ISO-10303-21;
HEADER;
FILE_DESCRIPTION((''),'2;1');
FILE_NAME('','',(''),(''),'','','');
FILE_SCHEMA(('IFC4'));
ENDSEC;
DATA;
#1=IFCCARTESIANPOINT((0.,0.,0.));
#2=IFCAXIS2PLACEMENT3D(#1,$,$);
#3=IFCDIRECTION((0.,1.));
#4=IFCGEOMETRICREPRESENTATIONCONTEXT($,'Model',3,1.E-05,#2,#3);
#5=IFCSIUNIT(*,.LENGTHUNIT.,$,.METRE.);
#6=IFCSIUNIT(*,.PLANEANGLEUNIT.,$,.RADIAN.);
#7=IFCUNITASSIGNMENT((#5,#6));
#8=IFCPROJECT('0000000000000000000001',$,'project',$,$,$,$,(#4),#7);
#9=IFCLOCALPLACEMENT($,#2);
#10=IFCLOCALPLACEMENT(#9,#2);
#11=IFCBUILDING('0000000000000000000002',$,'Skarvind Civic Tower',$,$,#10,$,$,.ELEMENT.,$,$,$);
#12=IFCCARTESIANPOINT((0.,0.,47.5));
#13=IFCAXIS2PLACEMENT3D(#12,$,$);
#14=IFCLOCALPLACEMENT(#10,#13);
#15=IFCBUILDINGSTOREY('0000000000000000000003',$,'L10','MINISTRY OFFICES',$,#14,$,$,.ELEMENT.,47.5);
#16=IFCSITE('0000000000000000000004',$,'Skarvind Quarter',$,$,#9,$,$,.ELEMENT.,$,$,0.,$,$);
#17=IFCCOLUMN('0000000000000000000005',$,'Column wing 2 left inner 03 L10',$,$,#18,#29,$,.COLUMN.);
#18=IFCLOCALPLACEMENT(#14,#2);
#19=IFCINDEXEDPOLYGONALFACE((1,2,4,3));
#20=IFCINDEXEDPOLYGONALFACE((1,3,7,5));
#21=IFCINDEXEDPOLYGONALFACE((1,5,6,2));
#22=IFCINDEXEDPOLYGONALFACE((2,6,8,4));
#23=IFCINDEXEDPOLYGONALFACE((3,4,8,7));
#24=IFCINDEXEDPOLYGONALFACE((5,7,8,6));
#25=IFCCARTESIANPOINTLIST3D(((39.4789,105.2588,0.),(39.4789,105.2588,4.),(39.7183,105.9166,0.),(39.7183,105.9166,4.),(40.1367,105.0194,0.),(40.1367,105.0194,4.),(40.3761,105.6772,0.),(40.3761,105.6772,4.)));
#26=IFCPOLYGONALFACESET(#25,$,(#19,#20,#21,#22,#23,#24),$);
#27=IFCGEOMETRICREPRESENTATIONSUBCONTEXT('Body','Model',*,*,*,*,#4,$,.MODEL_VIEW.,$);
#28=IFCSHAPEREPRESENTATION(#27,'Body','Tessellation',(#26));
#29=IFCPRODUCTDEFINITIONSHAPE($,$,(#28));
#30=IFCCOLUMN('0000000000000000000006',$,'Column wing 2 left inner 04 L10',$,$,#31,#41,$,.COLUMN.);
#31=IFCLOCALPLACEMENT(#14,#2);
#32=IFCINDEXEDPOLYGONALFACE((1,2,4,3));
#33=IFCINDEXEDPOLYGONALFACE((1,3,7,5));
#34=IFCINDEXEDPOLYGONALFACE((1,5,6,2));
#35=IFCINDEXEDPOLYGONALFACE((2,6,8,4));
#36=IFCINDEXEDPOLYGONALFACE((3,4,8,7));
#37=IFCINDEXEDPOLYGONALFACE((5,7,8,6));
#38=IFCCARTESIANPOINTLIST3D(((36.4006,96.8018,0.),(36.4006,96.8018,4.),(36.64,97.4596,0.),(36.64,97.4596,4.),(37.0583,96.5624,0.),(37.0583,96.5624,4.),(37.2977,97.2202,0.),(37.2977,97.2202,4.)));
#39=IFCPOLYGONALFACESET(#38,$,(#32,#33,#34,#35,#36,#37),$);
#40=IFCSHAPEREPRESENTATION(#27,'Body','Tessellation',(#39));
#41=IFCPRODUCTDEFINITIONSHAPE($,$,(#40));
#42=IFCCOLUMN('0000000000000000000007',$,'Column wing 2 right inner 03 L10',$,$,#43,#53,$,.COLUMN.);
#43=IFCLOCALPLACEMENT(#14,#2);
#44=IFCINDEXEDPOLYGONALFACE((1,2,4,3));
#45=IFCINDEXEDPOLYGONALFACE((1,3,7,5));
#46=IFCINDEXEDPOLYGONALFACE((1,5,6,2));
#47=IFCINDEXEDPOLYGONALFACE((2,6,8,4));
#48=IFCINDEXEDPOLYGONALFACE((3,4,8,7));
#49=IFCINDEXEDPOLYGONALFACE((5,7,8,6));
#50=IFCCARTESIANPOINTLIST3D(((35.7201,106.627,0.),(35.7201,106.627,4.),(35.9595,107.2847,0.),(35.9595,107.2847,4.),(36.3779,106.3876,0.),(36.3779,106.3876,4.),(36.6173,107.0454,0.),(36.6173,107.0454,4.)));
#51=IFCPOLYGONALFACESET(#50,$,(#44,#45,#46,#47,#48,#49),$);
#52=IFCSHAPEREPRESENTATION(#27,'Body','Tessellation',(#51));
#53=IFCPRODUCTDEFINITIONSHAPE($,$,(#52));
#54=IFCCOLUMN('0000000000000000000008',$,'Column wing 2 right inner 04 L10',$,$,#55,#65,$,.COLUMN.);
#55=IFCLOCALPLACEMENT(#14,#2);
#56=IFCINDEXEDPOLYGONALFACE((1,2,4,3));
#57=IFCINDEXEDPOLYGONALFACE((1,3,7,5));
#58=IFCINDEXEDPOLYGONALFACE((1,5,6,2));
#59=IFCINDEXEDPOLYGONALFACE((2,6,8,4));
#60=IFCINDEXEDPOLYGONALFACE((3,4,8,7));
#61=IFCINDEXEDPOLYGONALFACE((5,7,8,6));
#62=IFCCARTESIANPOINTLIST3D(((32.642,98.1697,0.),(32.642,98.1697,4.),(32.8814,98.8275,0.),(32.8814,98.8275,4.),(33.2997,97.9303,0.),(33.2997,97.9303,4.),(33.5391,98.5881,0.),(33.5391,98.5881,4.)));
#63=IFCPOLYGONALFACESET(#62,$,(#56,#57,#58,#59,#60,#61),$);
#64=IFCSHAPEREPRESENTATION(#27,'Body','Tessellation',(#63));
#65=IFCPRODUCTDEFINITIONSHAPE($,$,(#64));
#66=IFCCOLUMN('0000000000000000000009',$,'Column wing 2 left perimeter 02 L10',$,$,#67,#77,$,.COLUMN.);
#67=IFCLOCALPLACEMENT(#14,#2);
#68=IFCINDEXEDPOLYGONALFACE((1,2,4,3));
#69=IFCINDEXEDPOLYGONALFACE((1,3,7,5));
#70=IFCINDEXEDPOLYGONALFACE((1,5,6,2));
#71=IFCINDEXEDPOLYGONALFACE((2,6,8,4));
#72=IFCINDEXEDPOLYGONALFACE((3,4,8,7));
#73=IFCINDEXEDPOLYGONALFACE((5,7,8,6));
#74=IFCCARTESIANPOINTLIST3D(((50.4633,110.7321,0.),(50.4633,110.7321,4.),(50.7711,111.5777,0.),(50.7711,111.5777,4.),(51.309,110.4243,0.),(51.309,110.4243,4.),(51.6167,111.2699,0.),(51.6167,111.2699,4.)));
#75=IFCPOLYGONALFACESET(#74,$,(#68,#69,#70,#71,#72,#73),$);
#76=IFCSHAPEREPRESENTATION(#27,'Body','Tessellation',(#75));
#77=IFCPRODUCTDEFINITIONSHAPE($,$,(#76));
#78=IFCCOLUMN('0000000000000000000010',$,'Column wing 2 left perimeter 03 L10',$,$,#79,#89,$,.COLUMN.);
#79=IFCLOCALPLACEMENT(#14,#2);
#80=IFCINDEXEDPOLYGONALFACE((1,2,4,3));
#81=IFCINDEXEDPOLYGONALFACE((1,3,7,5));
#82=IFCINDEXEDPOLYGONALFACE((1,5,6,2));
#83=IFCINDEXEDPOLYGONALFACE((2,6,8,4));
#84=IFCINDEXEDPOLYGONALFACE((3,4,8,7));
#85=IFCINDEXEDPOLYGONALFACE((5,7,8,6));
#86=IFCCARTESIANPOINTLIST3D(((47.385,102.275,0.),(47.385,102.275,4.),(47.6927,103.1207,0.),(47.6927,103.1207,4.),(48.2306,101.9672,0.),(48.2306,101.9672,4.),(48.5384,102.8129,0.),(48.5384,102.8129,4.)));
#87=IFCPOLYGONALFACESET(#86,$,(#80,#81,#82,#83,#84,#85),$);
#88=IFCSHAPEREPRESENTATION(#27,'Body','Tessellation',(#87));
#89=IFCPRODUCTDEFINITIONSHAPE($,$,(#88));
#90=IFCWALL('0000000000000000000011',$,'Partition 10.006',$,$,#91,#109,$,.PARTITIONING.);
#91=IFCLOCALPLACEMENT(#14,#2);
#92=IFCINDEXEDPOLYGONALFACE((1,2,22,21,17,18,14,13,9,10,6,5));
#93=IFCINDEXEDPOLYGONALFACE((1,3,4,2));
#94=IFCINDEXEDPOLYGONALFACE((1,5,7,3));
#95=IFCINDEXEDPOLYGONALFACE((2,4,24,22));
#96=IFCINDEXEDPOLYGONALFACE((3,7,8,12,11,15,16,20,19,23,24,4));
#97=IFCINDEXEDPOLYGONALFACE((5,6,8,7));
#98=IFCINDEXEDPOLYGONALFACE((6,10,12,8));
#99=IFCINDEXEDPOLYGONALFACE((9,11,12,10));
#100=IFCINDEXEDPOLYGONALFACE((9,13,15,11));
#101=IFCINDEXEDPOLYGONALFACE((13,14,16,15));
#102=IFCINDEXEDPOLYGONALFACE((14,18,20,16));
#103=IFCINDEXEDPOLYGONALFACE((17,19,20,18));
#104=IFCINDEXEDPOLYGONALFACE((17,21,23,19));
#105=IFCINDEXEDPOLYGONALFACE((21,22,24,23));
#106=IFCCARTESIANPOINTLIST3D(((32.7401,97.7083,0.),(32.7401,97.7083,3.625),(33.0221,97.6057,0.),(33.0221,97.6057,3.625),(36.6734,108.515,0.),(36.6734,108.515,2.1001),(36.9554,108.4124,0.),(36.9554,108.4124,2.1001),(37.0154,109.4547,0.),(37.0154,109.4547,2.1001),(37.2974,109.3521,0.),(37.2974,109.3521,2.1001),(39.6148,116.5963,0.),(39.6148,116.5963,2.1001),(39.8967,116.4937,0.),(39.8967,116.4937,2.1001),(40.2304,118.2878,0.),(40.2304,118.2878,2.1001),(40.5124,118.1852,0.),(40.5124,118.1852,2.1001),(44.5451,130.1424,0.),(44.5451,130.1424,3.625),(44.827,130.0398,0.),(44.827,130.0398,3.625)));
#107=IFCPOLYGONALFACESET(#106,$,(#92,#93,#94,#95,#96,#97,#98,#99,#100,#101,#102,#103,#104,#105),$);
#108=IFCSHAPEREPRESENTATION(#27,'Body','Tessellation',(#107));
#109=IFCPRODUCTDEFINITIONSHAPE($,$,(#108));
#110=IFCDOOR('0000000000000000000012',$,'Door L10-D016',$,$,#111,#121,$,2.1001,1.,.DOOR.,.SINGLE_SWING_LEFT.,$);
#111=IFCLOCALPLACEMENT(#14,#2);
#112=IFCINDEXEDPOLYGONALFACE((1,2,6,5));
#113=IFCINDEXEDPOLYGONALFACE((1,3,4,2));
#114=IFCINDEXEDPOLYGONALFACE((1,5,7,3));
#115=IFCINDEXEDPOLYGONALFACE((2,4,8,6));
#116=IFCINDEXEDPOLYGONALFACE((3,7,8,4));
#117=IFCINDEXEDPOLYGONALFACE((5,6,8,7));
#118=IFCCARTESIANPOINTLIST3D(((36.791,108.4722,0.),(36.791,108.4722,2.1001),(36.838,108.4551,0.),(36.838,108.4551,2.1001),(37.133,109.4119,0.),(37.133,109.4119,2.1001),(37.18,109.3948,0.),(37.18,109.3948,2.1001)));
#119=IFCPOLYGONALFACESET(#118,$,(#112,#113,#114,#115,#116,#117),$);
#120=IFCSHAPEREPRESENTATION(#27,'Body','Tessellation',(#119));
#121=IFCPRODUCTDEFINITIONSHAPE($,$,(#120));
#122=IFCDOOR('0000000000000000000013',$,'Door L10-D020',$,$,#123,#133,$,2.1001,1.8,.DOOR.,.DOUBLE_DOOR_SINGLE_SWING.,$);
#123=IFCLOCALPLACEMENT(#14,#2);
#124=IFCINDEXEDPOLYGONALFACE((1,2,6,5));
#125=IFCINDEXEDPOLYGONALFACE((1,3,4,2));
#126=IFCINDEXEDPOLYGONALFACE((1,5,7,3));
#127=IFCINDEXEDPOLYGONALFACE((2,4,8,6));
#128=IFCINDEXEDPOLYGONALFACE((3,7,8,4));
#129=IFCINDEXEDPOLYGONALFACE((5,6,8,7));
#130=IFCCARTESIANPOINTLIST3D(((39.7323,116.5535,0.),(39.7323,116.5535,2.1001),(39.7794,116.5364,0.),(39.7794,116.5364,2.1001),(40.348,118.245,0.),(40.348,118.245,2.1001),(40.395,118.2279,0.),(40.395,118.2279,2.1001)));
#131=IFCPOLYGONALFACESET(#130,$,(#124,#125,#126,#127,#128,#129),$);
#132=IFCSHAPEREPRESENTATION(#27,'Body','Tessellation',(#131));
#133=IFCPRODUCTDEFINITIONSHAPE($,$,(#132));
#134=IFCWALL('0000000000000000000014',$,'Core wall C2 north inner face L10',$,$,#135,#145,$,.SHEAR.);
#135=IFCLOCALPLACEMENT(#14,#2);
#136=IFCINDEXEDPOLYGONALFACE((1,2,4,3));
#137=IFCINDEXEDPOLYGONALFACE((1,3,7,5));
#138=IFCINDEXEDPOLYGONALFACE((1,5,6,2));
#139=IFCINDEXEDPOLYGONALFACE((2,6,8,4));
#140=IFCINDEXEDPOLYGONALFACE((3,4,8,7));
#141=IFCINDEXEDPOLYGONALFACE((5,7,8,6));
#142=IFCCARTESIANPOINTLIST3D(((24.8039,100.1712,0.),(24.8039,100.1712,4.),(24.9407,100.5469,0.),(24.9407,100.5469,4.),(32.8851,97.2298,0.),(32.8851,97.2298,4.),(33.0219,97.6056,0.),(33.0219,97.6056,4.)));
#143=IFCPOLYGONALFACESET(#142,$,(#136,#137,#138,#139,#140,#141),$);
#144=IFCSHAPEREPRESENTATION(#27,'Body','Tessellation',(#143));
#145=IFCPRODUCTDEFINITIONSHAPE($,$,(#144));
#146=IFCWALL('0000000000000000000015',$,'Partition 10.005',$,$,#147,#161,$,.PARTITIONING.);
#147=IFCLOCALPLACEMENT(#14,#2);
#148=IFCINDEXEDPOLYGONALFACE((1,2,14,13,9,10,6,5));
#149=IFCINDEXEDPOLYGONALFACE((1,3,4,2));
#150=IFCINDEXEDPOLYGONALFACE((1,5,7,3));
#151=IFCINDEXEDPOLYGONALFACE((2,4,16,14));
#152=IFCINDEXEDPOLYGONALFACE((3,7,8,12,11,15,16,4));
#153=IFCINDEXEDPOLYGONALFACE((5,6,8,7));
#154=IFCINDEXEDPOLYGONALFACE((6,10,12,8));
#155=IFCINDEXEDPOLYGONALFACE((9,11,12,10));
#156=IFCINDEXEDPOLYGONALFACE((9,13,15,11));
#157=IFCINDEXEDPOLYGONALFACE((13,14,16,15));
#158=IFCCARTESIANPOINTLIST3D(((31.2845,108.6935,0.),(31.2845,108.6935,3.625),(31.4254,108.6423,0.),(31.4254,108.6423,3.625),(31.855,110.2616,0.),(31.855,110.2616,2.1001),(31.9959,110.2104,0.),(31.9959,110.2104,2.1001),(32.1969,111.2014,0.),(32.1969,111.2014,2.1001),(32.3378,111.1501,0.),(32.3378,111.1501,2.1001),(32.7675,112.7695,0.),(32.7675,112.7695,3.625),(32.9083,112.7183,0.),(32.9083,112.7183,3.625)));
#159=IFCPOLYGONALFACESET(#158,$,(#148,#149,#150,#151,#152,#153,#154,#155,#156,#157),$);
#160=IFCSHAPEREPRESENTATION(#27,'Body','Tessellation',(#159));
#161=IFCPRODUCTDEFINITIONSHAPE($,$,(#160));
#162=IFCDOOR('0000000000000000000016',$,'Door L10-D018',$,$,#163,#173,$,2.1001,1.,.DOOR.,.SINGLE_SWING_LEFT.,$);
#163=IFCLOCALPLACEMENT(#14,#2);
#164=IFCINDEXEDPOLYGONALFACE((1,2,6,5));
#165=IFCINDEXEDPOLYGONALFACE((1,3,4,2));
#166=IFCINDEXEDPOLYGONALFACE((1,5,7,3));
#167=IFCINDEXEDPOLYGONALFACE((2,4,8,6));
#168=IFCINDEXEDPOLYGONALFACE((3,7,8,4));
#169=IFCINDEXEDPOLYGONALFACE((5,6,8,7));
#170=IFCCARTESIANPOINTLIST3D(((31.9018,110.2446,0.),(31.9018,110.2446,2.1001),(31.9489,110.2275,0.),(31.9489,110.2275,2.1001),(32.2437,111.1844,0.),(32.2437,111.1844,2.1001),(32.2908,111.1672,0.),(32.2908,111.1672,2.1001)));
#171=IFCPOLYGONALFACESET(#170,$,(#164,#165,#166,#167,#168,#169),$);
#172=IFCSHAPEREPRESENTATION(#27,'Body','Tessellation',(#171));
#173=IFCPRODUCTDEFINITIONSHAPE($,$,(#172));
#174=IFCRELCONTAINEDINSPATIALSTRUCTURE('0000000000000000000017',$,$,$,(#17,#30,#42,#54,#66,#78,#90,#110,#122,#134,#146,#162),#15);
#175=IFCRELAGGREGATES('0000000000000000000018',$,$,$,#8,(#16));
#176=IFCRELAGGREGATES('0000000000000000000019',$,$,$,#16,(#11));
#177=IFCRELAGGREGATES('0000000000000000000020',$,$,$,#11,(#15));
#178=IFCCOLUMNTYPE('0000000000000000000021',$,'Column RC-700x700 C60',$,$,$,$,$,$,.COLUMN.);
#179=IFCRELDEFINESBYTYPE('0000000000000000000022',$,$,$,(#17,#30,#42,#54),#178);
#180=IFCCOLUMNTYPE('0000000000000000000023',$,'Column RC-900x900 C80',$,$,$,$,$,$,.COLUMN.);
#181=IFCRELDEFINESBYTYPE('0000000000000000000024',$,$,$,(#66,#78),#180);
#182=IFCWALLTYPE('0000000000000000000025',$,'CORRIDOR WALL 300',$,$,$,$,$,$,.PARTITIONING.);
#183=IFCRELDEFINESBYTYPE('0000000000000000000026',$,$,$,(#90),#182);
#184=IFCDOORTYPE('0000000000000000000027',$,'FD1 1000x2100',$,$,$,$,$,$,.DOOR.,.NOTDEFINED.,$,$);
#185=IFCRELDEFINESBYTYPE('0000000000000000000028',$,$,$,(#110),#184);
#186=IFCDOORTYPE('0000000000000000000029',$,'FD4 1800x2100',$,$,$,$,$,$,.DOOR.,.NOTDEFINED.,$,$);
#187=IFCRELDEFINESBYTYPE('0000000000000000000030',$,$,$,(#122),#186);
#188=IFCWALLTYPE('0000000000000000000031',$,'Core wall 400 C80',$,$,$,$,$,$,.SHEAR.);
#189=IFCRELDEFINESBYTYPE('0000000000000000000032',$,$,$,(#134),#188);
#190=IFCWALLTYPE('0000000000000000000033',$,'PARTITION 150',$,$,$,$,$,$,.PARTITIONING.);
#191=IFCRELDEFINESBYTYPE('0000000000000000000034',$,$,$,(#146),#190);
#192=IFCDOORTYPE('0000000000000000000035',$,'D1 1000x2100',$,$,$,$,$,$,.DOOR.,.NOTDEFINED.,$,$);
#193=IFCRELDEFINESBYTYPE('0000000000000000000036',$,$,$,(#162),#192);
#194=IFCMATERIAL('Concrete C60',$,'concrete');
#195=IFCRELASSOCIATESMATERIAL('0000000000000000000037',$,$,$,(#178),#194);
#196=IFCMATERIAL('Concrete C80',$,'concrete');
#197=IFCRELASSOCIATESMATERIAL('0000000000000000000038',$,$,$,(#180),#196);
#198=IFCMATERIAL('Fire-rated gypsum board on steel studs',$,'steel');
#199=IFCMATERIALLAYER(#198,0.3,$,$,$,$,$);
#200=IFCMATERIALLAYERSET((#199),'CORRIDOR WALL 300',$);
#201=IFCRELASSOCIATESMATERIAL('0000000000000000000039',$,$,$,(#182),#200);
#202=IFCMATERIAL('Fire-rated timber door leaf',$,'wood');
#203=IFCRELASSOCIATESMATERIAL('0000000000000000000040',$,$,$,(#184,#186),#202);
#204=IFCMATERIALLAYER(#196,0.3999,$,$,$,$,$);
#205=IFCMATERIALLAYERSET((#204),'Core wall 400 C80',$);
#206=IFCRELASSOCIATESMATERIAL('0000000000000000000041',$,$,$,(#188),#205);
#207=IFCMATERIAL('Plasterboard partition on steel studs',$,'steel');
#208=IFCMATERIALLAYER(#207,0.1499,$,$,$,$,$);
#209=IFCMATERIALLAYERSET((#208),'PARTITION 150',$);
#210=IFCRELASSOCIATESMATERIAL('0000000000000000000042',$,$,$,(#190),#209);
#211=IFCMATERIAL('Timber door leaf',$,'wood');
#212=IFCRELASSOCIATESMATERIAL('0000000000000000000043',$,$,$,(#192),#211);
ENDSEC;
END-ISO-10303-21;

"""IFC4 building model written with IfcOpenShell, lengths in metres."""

from ifc_helpers import new_model, si_unit, direction, frame, frame_2d, origin, origin_2d, place, context, subcontext, project, spatial, rectangle, extrude, material, layer, layer_set, material_profile, profile_set, type_object, element, fill, save


model = new_model("IFC4")

# Units and contexts
model_context = context("Model", 3, precision=1e-05, world=origin(), true_north=direction((0.0, 1.0)))
body_context = subcontext(model_context, "Body", "Model", "MODEL_VIEW")
ifc_project = project(units=[si_unit("LENGTHUNIT", "METRE"), si_unit("PLANEANGLEUNIT", "RADIAN")], contexts=[model_context])

# Site, building, storey
site_placement = place(None, origin())
site = spatial("IfcSite", under=ifc_project, at=site_placement, Name="Skarvind Quarter", CompositionType="ELEMENT", RefElevation=0.0)
building_placement = place(site_placement, origin())
building = spatial("IfcBuilding", under=site, at=building_placement, Name="Skarvind Civic Tower", CompositionType="ELEMENT")
storey_placement = place(building_placement, frame((0.0, 0.0, 47.5)))
storey = spatial("IfcBuildingStorey", under=building, at=storey_placement, Name="L10", Description="MINISTRY OFFICES", CompositionType="ELEMENT", Elevation=47.5)

# Columns
ifc_material_1 = material(Name="Concrete C60", Category="concrete")
ifc_material_profile_1 = material_profile(ifc_material_1, rectangle(XDim=0.7, YDim=0.7, at=origin_2d()), Name="RC-700x700")
ifc_profile_set_1 = profile_set([ifc_material_profile_1], Name="Concrete C60")
column_type_1 = type_object("IfcColumnType", Name="Column RC-700x700 C60", PredefinedType="COLUMN", material=ifc_profile_set_1)
for number, where, z_axis, x_axis, name in (
    (1, (39.9275, 105.468, 0.0), (0.0, 0.0, 1.0), (-0.34202, -0.939693, 0.0), "Column wing 2 left inner 03 L10"),
    (2, (36.8491, 97.011, 0.0), (0.0, 0.0, 1.0), (-0.34202, -0.939693, 0.0), "Column wing 2 left inner 04 L10"),
    (3, (36.1687, 106.8362, 0.0), (0.0, 0.0, 1.0), (-0.34202, -0.939693, 0.0), "Column wing 2 right inner 03 L10"),
    (4, (33.0906, 98.3789, 0.0), (0.0, 0.0, 1.0), (-0.34202, -0.939693, 0.0), "Column wing 2 right inner 04 L10"),
):
    element("IfcColumn", number, at=place(storey_placement, frame(where, z_axis=z_axis, x_axis=x_axis)), inside=storey, type_object=column_type_1, Name=name, PredefinedType="COLUMN", context=body_context, shape_type="SweptSolid", body=[
        extrude(rectangle(XDim=0.7, YDim=0.7, at=origin_2d()), origin(), (0.0, 0.0, 1.0), 4.0),
    ])
ifc_material_2 = material(Name="Concrete C80", Category="concrete")
ifc_material_profile_2 = material_profile(ifc_material_2, rectangle(XDim=0.8999, YDim=0.8999, at=origin_2d()), Name="RC-900x900")
ifc_profile_set_2 = profile_set([ifc_material_profile_2], Name="Concrete C80")
column_type_2 = type_object("IfcColumnType", Name="Column RC-900x900 C80", PredefinedType="COLUMN", material=ifc_profile_set_2)
for number, where, z_axis, x_axis, name in (
    (5, (51.04, 111.001, 0.0), (0.0, 0.0, 1.0), (-0.34202, -0.939693, 0.0), "Column wing 2 left perimeter 02 L10"),
    (6, (47.9617, 102.5439, 0.0), (0.0, 0.0, 1.0), (-0.34202, -0.939693, 0.0), "Column wing 2 left perimeter 03 L10"),
):
    element("IfcColumn", number, at=place(storey_placement, frame(where, z_axis=z_axis, x_axis=x_axis)), inside=storey, type_object=column_type_2, Name=name, PredefinedType="COLUMN", context=body_context, shape_type="SweptSolid", body=[
        extrude(rectangle(XDim=0.8999, YDim=0.8999, at=origin_2d()), origin(), (0.0, 0.0, 1.0), 4.0),
    ])

# Wall, openings, doors
ifc_material_3 = material(Name="Fire-rated gypsum board on steel studs", Category="steel")
ifc_layer_1 = layer(ifc_material_3, 0.3)
ifc_layer_set_1 = layer_set([ifc_layer_1], Name="CORRIDOR WALL 300")
wall_type_1 = type_object("IfcWallType", Name="CORRIDOR WALL 300", PredefinedType="PARTITIONING", material=ifc_layer_set_1)
wall_1_placement = place(storey_placement, frame((32.8811, 97.657, 0.0), z_axis=(0.0, 0.0, 1.0), x_axis=(0.342017, 0.939694, 0.0)))
wall_1 = element("IfcWall", 7, at=wall_1_placement, inside=storey, type_object=wall_type_1, Name="Partition 10.006", PredefinedType="PARTITIONING", context=body_context, shape_type="SweptSolid", body=[
    extrude(rectangle(XDim=34.5156, YDim=0.3, at=frame_2d((17.2578, 0.0))), origin(), (0.0, 0.0, 1.0), 3.625),
])
opening_1_placement = place(wall_1_placement, frame((11.5002, 0.0, 0.0)))
opening_1 = element("IfcOpeningElement", 8, at=opening_1_placement, cuts=wall_1, PredefinedType="OPENING", context=body_context, shape_type="SweptSolid", body=[
    extrude(rectangle(XDim=1.0, YDim=2.1001, at=frame_2d((0.5, 1.05))), frame((0.0, 0.1599, 0.0), z_axis=(0.0, -1.0, 0.0), x_axis=(1.0, 0.0, 0.0)), (0.0, 0.0, 1.0), 0.3201),
])
opening_2_placement = place(wall_1_placement, frame((20.1003, 0.0, 0.0)))
opening_2 = element("IfcOpeningElement", 9, at=opening_2_placement, cuts=wall_1, PredefinedType="OPENING", context=body_context, shape_type="SweptSolid", body=[
    extrude(rectangle(XDim=1.8, YDim=2.1001, at=frame_2d((0.8999, 1.05))), frame((0.0, 0.1599, 0.0), z_axis=(0.0, -1.0, 0.0), x_axis=(1.0, 0.0, 0.0)), (0.0, 0.0, 1.0), 0.3201),
])
ifc_material_4 = material(Name="Fire-rated timber door leaf", Category="wood")
door_type_1 = type_object("IfcDoorType", Name="FD1 1000x2100", OperationType="NOTDEFINED", PredefinedType="DOOR", material=ifc_material_4)
door_1_placement = place(opening_1_placement, origin())
door_1 = element("IfcDoor", 10, at=door_1_placement, inside=storey, type_object=door_type_1, Name="Door L10-D016", OperationType="SINGLE_SWING_LEFT", OverallHeight=2.1001, OverallWidth=1.0, PredefinedType="DOOR", context=body_context, shape_type="SweptSolid", body=[
    extrude(rectangle(XDim=1.0, YDim=2.1001, at=frame_2d((0.5, 1.05))), frame((0.0, 0.0249, 0.0), z_axis=(0.0, -1.0, 0.0), x_axis=(1.0, 0.0, 0.0)), (0.0, 0.0, 1.0), 0.05),
])
fill(opening_1, door_1)
door_type_2 = type_object("IfcDoorType", Name="FD4 1800x2100", OperationType="NOTDEFINED", PredefinedType="DOOR", material=ifc_material_4)
door_2_placement = place(opening_2_placement, origin())
door_2 = element("IfcDoor", 11, at=door_2_placement, inside=storey, type_object=door_type_2, Name="Door L10-D020", OperationType="DOUBLE_DOOR_SINGLE_SWING", OverallHeight=2.1001, OverallWidth=1.8, PredefinedType="DOOR", context=body_context, shape_type="SweptSolid", body=[
    extrude(rectangle(XDim=1.8, YDim=2.1001, at=frame_2d((0.8999, 1.05))), frame((0.0, 0.0249, 0.0), z_axis=(0.0, -1.0, 0.0), x_axis=(1.0, 0.0, 0.0)), (0.0, 0.0, 1.0), 0.05),
])
fill(opening_2, door_2)

# Wall
ifc_layer_2 = layer(ifc_material_2, 0.3999)
ifc_layer_set_2 = layer_set([ifc_layer_2], Name="Core wall 400 C80")
wall_type_2 = type_object("IfcWallType", Name="Core wall 400 C80", PredefinedType="SHEAR", material=ifc_layer_set_2)
wall_2_placement = place(storey_placement, frame((32.9534, 97.4177, 0.0), z_axis=(0.0, 0.0, 1.0), x_axis=(-0.939691, 0.342026, 0.0)))
element("IfcWall", 12, at=wall_2_placement, inside=storey, type_object=wall_type_2, Name="Core wall C2 north inner face L10", PredefinedType="SHEAR", context=body_context, shape_type="SweptSolid", body=[
    extrude(rectangle(XDim=8.5999, YDim=0.3999, at=frame_2d((4.2998, 0.0))), origin(), (0.0, 0.0, 1.0), 4.0),
])

# Wall, opening, door
ifc_material_5 = material(Name="Plasterboard partition on steel studs", Category="steel")
ifc_layer_3 = layer(ifc_material_5, 0.1499)
ifc_layer_set_3 = layer_set([ifc_layer_3], Name="PARTITION 150")
wall_type_3 = type_object("IfcWallType", Name="PARTITION 150", PredefinedType="PARTITIONING", material=ifc_layer_set_3)
wall_3_placement = place(storey_placement, frame((32.8379, 112.7439, 0.0), z_axis=(0.0, 0.0, 1.0), x_axis=(-0.341897, -0.939738, 0.0)))
wall_3 = element("IfcWall", 13, at=wall_3_placement, inside=storey, type_object=wall_type_3, Name="Partition 10.005", PredefinedType="PARTITIONING", context=body_context, shape_type="SweptSolid", body=[
    extrude(rectangle(XDim=4.3374, YDim=0.1499, at=frame_2d((2.1687, 0.0))), origin(), (0.0, 0.0, 1.0), 3.625),
])
opening_3_placement = place(wall_3_placement, frame((1.6687, 0.0, 0.0)))
opening_3 = element("IfcOpeningElement", 14, at=opening_3_placement, cuts=wall_3, PredefinedType="OPENING", context=body_context, shape_type="SweptSolid", body=[
    extrude(rectangle(XDim=1.0, YDim=2.1001, at=frame_2d((0.5, 1.05))), frame((0.0, 0.085, 0.0), z_axis=(0.0, -1.0, 0.0), x_axis=(1.0, 0.0, 0.0)), (0.0, 0.0, 1.0), 0.1699),
])
ifc_material_6 = material(Name="Timber door leaf", Category="wood")
door_type_3 = type_object("IfcDoorType", Name="D1 1000x2100", OperationType="NOTDEFINED", PredefinedType="DOOR", material=ifc_material_6)
door_3_placement = place(opening_3_placement, origin())
door_3 = element("IfcDoor", 15, at=door_3_placement, inside=storey, type_object=door_type_3, Name="Door L10-D018", OperationType="SINGLE_SWING_LEFT", OverallHeight=2.1001, OverallWidth=1.0, PredefinedType="DOOR", context=body_context, shape_type="SweptSolid", body=[
    extrude(rectangle(XDim=1.0, YDim=2.1001, at=frame_2d((0.5, 1.05))), frame((0.0, 0.0249, 0.0), z_axis=(0.0, -1.0, 0.0), x_axis=(1.0, 0.0, 0.0)), (0.0, 0.0, 1.0), 0.05),
])
fill(opening_3, door_3)

save(model, "model.ifc")
